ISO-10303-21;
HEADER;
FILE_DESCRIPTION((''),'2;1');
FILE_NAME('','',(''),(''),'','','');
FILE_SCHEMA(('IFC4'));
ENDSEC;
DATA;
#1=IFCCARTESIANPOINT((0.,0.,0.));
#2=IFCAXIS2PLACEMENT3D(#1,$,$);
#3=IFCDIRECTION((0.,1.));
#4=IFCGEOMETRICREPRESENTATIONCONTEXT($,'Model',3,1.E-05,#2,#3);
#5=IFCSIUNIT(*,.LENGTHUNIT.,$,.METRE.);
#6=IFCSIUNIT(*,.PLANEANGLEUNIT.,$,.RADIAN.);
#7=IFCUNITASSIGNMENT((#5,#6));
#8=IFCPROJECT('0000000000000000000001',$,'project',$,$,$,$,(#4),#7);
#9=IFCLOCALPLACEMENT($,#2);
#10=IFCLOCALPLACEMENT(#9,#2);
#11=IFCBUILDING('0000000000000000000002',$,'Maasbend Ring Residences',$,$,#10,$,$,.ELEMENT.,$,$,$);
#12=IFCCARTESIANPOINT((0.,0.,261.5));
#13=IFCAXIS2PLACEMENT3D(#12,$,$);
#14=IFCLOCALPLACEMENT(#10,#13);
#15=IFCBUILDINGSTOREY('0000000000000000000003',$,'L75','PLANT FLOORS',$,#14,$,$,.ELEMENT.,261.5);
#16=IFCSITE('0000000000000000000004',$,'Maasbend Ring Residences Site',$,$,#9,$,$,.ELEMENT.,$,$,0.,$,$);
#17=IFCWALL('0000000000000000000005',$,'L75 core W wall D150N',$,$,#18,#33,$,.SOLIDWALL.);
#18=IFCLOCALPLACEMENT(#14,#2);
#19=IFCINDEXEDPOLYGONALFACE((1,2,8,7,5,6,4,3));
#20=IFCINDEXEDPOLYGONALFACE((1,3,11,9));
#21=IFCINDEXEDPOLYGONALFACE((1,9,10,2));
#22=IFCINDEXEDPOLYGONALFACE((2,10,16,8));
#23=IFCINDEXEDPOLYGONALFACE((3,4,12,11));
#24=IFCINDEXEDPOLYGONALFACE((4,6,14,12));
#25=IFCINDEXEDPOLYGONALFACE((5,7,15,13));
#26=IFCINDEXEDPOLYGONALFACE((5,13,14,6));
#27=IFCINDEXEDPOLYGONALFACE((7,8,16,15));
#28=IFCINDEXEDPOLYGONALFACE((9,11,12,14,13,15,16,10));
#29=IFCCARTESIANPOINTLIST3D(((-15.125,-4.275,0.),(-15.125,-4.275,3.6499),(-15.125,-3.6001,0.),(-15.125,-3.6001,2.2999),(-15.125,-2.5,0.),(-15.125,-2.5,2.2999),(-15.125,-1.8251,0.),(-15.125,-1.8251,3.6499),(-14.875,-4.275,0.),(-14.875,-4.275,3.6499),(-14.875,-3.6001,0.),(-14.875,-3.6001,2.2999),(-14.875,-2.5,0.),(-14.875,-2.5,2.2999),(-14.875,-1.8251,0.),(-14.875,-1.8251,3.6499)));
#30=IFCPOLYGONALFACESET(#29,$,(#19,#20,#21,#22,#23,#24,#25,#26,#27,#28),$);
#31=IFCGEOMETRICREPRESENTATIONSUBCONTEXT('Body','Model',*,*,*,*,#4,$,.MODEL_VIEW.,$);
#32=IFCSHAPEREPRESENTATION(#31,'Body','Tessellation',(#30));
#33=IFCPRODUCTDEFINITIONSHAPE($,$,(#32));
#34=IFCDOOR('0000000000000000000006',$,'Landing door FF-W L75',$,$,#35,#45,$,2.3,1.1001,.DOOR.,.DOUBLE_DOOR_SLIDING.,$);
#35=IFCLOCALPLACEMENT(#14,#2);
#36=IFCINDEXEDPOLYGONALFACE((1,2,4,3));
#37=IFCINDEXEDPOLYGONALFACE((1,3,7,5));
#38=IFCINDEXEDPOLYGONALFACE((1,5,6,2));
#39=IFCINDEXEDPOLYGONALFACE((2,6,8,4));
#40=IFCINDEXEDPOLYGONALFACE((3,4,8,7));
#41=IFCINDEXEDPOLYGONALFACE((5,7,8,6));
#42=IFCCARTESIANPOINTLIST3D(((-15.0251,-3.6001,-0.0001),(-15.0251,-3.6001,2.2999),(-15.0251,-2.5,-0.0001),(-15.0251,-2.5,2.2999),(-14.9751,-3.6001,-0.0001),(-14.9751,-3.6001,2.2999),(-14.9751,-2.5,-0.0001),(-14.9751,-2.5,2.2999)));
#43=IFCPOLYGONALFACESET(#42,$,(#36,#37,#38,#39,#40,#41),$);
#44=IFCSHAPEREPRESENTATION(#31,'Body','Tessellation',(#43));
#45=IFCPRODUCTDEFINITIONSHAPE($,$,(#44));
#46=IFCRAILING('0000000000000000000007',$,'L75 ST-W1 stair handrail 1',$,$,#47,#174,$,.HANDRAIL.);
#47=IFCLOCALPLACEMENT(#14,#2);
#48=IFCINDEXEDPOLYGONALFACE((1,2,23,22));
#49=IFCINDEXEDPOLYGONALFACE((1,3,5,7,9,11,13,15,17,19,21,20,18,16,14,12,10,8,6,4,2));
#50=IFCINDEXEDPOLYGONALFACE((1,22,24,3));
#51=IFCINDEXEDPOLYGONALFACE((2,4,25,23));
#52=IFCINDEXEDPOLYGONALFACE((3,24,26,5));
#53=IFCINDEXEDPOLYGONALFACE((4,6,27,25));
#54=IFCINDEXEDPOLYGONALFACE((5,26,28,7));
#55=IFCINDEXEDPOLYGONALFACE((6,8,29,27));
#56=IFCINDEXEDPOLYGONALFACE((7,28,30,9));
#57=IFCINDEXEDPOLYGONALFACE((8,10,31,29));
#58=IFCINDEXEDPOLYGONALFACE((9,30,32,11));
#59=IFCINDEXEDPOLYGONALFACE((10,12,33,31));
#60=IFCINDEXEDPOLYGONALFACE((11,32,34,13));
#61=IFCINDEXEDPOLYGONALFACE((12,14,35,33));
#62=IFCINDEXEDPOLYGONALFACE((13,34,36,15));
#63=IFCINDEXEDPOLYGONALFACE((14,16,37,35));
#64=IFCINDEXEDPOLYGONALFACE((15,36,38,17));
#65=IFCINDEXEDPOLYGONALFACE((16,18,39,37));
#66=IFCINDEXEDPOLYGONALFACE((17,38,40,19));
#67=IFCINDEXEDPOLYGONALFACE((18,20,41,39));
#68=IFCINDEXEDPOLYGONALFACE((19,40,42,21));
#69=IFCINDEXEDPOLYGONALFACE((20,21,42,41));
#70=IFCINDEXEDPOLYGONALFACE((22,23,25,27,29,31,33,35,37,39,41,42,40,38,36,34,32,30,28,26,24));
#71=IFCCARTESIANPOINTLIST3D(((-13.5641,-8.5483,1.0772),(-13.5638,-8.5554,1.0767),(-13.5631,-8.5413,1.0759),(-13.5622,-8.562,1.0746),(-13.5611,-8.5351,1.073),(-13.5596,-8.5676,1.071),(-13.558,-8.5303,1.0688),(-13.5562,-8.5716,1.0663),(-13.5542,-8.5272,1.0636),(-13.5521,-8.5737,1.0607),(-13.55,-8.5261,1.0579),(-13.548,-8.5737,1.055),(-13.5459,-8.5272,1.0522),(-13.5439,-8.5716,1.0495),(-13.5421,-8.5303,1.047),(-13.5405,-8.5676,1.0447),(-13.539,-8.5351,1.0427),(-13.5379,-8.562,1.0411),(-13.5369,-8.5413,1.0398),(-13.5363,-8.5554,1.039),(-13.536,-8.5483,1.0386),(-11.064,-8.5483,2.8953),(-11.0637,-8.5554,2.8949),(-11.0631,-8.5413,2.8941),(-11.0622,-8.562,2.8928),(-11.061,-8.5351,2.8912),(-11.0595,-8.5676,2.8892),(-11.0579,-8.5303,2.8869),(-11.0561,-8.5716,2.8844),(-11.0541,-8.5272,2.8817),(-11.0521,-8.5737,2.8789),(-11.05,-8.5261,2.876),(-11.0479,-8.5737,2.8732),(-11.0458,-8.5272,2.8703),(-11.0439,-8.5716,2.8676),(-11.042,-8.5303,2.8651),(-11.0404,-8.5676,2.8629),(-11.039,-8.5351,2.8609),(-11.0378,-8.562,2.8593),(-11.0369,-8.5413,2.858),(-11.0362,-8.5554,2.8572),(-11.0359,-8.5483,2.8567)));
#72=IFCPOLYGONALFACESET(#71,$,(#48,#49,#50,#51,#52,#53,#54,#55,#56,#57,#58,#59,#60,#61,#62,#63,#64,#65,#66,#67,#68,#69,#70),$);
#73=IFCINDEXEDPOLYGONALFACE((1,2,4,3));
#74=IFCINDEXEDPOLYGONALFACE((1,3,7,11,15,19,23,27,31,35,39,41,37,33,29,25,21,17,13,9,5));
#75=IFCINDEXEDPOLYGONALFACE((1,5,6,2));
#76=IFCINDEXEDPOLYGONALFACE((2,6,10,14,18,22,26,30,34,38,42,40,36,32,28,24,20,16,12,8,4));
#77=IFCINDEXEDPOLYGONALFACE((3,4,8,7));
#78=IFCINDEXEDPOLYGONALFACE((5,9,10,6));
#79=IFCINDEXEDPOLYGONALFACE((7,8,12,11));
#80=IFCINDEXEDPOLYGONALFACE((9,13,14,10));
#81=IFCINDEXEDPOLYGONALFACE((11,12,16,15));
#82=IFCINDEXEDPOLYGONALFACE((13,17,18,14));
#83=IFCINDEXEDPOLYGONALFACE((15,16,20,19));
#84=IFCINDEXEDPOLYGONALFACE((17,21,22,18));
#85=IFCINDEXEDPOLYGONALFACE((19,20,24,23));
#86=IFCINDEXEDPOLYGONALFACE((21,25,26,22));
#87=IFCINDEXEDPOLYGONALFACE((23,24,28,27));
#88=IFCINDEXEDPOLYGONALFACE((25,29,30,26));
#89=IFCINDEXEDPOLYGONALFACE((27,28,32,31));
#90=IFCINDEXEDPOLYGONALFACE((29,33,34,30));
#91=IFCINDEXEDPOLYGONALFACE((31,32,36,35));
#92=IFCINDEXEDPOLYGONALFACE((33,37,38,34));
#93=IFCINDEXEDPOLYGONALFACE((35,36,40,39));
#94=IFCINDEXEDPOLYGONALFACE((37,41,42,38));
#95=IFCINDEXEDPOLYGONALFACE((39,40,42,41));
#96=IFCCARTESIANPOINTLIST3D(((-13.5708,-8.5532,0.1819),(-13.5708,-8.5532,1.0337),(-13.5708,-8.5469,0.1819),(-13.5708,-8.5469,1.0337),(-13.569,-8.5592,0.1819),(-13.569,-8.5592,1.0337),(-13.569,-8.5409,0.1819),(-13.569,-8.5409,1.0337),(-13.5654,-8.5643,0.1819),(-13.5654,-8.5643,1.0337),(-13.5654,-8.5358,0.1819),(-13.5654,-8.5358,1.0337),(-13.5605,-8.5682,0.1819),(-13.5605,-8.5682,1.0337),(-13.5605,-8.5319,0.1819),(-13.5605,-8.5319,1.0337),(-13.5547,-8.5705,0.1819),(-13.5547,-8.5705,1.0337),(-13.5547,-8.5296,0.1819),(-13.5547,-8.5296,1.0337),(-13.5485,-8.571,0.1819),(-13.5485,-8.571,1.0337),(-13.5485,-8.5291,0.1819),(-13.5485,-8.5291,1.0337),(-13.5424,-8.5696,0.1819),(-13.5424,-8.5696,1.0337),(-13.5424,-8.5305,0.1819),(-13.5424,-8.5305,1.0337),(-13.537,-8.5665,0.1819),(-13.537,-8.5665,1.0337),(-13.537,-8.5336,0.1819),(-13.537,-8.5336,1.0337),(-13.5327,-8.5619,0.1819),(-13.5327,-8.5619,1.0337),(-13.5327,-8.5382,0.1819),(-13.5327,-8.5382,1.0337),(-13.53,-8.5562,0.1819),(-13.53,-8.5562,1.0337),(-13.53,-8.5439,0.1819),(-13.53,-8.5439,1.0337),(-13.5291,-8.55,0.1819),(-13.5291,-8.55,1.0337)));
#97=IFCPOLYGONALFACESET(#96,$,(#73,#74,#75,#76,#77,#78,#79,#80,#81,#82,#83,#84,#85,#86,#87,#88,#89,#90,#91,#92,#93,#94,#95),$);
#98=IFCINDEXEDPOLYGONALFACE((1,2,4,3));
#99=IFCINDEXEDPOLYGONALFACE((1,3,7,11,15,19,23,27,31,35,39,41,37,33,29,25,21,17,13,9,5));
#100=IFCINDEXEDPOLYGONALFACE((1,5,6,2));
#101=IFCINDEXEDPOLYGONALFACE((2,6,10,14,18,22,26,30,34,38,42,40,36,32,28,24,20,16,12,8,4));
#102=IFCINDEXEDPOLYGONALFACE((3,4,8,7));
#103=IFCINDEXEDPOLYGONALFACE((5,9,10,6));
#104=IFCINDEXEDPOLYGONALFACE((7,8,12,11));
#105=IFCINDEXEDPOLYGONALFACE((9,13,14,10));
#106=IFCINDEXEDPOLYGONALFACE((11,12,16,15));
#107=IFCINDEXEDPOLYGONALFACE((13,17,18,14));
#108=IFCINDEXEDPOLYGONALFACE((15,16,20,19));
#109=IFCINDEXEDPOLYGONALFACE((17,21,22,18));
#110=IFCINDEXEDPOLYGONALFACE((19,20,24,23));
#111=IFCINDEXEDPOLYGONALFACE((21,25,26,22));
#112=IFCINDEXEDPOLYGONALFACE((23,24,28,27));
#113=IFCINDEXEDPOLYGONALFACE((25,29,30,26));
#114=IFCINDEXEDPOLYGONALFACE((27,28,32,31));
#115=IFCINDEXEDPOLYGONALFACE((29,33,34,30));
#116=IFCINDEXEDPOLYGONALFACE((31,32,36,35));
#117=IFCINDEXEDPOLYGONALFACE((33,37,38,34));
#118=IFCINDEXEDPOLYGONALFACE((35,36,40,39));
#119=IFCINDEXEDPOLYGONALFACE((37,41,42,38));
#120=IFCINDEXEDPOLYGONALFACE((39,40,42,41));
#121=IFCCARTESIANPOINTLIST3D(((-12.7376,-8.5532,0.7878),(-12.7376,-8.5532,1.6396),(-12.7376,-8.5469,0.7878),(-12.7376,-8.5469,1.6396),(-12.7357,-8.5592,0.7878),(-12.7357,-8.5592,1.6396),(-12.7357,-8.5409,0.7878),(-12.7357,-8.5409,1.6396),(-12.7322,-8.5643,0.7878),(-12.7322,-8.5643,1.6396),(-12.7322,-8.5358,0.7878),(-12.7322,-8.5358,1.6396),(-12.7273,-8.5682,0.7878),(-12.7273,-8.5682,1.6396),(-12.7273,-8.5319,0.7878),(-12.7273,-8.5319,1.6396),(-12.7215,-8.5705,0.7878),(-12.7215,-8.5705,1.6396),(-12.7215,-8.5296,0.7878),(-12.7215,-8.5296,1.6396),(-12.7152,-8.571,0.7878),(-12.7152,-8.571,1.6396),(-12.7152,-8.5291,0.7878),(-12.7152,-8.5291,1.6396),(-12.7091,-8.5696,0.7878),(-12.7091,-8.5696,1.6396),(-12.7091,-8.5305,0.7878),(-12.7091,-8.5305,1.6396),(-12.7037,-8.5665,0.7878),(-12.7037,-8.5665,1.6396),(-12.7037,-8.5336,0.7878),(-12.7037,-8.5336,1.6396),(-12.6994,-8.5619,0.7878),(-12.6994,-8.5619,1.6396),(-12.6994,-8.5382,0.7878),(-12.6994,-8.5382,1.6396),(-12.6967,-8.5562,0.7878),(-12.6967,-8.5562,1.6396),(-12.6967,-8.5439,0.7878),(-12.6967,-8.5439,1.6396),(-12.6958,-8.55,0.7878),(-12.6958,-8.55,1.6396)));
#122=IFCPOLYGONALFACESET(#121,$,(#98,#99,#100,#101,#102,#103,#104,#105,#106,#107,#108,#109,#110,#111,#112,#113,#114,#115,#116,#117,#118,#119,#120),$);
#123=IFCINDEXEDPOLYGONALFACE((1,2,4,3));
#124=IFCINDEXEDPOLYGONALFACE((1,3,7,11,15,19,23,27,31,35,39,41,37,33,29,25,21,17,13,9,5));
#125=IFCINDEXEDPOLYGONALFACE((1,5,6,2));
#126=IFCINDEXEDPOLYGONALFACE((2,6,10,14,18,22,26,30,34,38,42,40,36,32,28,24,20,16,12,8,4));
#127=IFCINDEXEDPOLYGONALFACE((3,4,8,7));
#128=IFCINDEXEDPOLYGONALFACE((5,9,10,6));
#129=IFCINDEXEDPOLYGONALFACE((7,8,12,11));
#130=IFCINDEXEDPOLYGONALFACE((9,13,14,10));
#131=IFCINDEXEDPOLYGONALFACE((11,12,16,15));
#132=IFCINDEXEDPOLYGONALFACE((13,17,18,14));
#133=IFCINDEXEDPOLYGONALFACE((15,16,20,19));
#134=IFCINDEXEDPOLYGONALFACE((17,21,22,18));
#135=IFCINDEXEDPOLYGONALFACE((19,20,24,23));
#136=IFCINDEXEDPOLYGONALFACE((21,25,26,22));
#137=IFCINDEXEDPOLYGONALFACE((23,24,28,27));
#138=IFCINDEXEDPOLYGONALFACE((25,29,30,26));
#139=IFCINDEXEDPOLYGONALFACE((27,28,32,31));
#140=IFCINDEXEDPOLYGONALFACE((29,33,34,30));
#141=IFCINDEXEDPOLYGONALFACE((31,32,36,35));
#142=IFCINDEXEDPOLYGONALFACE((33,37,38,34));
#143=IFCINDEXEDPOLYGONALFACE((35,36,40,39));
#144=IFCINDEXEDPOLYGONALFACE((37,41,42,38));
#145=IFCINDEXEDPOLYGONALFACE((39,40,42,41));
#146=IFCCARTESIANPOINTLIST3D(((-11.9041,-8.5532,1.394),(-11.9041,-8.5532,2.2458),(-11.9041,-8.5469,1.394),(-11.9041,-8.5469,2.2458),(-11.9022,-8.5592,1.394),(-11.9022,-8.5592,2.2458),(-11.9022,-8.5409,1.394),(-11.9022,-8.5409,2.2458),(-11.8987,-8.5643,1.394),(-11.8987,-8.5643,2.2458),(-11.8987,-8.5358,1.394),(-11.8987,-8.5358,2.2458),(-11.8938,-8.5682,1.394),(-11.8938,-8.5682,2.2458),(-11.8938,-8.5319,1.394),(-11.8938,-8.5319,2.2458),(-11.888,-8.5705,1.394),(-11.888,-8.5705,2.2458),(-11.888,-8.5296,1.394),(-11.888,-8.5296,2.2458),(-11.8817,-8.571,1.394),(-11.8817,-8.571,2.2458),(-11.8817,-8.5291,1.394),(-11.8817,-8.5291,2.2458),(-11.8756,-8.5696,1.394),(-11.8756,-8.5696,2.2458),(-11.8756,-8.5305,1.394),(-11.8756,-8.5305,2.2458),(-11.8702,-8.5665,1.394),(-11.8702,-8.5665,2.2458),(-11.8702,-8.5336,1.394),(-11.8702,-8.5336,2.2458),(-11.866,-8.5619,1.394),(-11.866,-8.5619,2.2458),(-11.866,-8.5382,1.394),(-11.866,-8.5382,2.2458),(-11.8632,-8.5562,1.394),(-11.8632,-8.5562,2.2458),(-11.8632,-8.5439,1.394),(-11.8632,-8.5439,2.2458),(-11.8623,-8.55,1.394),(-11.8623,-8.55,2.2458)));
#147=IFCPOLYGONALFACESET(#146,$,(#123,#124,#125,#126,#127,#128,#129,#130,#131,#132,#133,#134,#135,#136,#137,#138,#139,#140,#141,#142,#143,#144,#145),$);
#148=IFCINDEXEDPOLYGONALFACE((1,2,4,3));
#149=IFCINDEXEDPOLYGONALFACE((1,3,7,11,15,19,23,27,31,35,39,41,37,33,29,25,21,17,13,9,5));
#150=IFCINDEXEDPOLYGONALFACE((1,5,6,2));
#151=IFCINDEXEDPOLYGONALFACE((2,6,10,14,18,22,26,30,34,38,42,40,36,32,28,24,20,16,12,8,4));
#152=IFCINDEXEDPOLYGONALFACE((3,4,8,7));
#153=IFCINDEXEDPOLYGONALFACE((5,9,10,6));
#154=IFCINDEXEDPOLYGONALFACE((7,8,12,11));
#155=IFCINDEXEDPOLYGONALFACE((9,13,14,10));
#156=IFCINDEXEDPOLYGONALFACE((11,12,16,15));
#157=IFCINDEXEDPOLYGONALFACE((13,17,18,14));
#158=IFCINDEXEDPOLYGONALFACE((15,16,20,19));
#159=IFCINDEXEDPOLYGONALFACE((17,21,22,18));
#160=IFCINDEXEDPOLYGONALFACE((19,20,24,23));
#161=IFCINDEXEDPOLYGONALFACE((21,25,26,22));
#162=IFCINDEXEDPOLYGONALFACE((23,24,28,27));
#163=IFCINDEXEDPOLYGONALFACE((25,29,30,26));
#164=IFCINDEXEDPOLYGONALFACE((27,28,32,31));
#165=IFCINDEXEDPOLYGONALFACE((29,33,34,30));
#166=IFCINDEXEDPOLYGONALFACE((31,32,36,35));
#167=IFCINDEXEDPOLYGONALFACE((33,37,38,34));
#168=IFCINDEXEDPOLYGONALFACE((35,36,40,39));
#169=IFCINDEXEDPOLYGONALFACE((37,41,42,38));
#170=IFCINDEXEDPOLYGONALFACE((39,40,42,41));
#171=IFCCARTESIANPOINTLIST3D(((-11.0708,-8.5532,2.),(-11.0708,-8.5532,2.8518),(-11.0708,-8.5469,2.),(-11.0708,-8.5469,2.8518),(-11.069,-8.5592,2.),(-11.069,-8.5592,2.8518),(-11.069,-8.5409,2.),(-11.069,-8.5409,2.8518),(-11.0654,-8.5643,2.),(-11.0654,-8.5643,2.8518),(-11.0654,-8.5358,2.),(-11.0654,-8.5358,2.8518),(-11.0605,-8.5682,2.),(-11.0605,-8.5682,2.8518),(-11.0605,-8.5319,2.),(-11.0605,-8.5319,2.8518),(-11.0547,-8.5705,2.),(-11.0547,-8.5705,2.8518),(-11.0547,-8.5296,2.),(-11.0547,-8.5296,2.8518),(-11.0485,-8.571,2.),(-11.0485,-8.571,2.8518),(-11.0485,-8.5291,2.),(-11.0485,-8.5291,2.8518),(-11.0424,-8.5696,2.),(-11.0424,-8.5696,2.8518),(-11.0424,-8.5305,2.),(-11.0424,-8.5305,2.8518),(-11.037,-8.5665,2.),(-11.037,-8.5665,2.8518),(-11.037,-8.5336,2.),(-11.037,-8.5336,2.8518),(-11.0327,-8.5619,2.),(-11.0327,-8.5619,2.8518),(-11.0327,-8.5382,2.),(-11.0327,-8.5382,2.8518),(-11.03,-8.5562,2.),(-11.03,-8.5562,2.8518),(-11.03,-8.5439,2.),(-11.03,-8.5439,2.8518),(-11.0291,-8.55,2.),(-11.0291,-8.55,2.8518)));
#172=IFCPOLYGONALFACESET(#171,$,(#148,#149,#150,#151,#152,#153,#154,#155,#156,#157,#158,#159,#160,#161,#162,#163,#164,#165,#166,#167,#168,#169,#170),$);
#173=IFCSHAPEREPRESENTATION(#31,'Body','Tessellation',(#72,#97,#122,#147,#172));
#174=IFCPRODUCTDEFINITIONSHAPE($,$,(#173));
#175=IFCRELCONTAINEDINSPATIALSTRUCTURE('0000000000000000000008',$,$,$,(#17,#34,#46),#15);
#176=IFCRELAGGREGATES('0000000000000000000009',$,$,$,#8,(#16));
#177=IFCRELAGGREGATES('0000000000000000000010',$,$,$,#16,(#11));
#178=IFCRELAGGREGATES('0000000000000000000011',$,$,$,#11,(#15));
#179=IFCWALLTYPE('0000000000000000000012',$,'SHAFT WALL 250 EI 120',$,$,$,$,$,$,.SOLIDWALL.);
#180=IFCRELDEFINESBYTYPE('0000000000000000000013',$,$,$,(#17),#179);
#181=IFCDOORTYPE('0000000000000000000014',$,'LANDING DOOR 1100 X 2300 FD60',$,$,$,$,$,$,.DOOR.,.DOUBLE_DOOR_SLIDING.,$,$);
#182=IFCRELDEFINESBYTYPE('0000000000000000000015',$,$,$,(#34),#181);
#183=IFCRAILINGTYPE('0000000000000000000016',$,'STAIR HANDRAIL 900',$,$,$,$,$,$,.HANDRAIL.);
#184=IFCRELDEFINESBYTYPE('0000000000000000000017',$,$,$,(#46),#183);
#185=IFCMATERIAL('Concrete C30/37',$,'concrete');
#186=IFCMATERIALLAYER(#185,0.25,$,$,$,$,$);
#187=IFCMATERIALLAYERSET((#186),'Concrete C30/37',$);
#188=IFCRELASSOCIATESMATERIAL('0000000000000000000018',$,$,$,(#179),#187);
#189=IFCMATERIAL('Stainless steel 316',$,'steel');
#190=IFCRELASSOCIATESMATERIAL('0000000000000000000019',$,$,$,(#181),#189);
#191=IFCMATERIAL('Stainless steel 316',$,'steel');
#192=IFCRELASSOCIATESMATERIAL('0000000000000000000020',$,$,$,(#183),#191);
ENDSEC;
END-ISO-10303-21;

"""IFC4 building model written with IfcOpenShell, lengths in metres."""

from ifc_helpers import new_model, si_unit, direction, frame, frame_2d, origin, origin_2d, place, context, subcontext, project, spatial, rectangle, circle, extrude, material, layer, layer_set, type_object, element, fill, save


model = new_model("IFC4")

# Units and contexts
model_context = context("Model", 3, precision=1e-05, world=origin(), true_north=direction((0.0, 1.0)))
body_context = subcontext(model_context, "Body", "Model", "MODEL_VIEW")
ifc_project = project(units=[si_unit("LENGTHUNIT", "METRE"), si_unit("PLANEANGLEUNIT", "RADIAN")], contexts=[model_context])

# Site, building, storey
site_placement = place(None, origin())
site = spatial("IfcSite", under=ifc_project, at=site_placement, Name="Maasbend Ring Residences Site", CompositionType="ELEMENT", RefElevation=0.0)
building_placement = place(site_placement, origin())
building = spatial("IfcBuilding", under=site, at=building_placement, Name="Maasbend Ring Residences", CompositionType="ELEMENT")
storey_placement = place(building_placement, frame((0.0, 0.0, 261.5)))
storey = spatial("IfcBuildingStorey", under=building, at=storey_placement, Name="L75", Description="PLANT FLOORS", CompositionType="ELEMENT", Elevation=261.5)

# Wall, opening, door
ifc_material_1 = material(Name="Concrete C30/37", Category="concrete")
ifc_layer_1 = layer(ifc_material_1, 0.25)
ifc_layer_set_1 = layer_set([ifc_layer_1], Name="Concrete C30/37")
wall_type_1 = type_object("IfcWallType", Name="SHAFT WALL 250 EI 120", PredefinedType="SOLIDWALL", material=ifc_layer_set_1)
wall_1_placement = place(storey_placement, frame((-15.0, -1.825, 0.0), z_axis=(0.0, 0.0, 1.0), x_axis=(0.0, -1.0, 0.0)))
wall_1 = element("IfcWall", 1, at=wall_1_placement, inside=storey, type_object=wall_type_1, Name="L75 core W wall D150N", PredefinedType="SOLIDWALL", context=body_context, shape_type="SweptSolid", body=[
    extrude(rectangle(XDim=2.45, YDim=0.25, at=frame_2d((1.2251, 0.0))), origin(), (0.0, 0.0, 1.0), 3.6499),
])
opening_placement = place(wall_1_placement, frame((0.675, 0.0, 0.0)))
opening = element("IfcOpeningElement", 2, at=opening_placement, cuts=wall_1, PredefinedType="OPENING", context=body_context, shape_type="SweptSolid", body=[
    extrude(rectangle(XDim=1.1001, YDim=2.3, at=frame_2d((0.55, 1.1499))), frame((0.0, 0.135, 0.0), z_axis=(0.0, -1.0, 0.0), x_axis=(1.0, 0.0, 0.0)), (0.0, 0.0, 1.0), 0.27),
])
ifc_material_2 = material(Name="Stainless steel 316", Category="steel")
door_type = type_object("IfcDoorType", Name="LANDING DOOR 1100 X 2300 FD60", OperationType="DOUBLE_DOOR_SLIDING", PredefinedType="DOOR", material=ifc_material_2)
door_placement = place(opening_placement, origin())
door = element("IfcDoor", 3, at=door_placement, inside=storey, type_object=door_type, Name="Landing door FF-W L75", OperationType="DOUBLE_DOOR_SLIDING", OverallHeight=2.3, OverallWidth=1.1001, PredefinedType="DOOR", context=body_context, shape_type="SweptSolid", body=[
    extrude(rectangle(XDim=1.1001, YDim=2.3, at=frame_2d((0.55, 1.1499))), frame((0.0, 0.0249, 0.0), z_axis=(0.0, -1.0, 0.0), x_axis=(1.0, 0.0, 0.0)), (0.0, 0.0, 1.0), 0.05),
])
fill(opening, door)

# Railing
ifc_material_3 = material(Name="Stainless steel 316", Category="steel")
railing_type_1 = type_object("IfcRailingType", Name="STAIR HANDRAIL 900", PredefinedType="HANDRAIL", material=ifc_material_3)
railing_1_placement = place(storey_placement, frame((-13.55, -8.55, 0.1819)))
element("IfcRailing", 4, at=railing_1_placement, inside=storey, type_object=railing_type_1, Name="L75 ST-W1 stair handrail 1", PredefinedType="HANDRAIL", context=body_context, shape_type="SweptSolid", body=[
    extrude(circle(Radius=0.0239, at=origin_2d()), frame((0.0, 0.0, 0.876), z_axis=(0.808746, 0.0, 0.588158), x_axis=(0.0, 1.0, 0.0)), (0.0, 0.0, 1.0), 3.0913),
    extrude(circle(Radius=0.021, at=origin_2d()), origin(), (0.0, 0.0, 1.0), 0.8518),
    extrude(circle(Radius=0.021, at=origin_2d()), frame((0.8333, 0.0, 0.606)), (0.0, 0.0, 1.0), 0.8518),
    extrude(circle(Radius=0.021, at=origin_2d()), frame((1.6667, 0.0, 1.2122)), (0.0, 0.0, 1.0), 0.8518),
    extrude(circle(Radius=0.021, at=origin_2d()), frame((2.5, 0.0, 1.8181)), (0.0, 0.0, 1.0), 0.8518),
])

save(model, "model.ifc")
